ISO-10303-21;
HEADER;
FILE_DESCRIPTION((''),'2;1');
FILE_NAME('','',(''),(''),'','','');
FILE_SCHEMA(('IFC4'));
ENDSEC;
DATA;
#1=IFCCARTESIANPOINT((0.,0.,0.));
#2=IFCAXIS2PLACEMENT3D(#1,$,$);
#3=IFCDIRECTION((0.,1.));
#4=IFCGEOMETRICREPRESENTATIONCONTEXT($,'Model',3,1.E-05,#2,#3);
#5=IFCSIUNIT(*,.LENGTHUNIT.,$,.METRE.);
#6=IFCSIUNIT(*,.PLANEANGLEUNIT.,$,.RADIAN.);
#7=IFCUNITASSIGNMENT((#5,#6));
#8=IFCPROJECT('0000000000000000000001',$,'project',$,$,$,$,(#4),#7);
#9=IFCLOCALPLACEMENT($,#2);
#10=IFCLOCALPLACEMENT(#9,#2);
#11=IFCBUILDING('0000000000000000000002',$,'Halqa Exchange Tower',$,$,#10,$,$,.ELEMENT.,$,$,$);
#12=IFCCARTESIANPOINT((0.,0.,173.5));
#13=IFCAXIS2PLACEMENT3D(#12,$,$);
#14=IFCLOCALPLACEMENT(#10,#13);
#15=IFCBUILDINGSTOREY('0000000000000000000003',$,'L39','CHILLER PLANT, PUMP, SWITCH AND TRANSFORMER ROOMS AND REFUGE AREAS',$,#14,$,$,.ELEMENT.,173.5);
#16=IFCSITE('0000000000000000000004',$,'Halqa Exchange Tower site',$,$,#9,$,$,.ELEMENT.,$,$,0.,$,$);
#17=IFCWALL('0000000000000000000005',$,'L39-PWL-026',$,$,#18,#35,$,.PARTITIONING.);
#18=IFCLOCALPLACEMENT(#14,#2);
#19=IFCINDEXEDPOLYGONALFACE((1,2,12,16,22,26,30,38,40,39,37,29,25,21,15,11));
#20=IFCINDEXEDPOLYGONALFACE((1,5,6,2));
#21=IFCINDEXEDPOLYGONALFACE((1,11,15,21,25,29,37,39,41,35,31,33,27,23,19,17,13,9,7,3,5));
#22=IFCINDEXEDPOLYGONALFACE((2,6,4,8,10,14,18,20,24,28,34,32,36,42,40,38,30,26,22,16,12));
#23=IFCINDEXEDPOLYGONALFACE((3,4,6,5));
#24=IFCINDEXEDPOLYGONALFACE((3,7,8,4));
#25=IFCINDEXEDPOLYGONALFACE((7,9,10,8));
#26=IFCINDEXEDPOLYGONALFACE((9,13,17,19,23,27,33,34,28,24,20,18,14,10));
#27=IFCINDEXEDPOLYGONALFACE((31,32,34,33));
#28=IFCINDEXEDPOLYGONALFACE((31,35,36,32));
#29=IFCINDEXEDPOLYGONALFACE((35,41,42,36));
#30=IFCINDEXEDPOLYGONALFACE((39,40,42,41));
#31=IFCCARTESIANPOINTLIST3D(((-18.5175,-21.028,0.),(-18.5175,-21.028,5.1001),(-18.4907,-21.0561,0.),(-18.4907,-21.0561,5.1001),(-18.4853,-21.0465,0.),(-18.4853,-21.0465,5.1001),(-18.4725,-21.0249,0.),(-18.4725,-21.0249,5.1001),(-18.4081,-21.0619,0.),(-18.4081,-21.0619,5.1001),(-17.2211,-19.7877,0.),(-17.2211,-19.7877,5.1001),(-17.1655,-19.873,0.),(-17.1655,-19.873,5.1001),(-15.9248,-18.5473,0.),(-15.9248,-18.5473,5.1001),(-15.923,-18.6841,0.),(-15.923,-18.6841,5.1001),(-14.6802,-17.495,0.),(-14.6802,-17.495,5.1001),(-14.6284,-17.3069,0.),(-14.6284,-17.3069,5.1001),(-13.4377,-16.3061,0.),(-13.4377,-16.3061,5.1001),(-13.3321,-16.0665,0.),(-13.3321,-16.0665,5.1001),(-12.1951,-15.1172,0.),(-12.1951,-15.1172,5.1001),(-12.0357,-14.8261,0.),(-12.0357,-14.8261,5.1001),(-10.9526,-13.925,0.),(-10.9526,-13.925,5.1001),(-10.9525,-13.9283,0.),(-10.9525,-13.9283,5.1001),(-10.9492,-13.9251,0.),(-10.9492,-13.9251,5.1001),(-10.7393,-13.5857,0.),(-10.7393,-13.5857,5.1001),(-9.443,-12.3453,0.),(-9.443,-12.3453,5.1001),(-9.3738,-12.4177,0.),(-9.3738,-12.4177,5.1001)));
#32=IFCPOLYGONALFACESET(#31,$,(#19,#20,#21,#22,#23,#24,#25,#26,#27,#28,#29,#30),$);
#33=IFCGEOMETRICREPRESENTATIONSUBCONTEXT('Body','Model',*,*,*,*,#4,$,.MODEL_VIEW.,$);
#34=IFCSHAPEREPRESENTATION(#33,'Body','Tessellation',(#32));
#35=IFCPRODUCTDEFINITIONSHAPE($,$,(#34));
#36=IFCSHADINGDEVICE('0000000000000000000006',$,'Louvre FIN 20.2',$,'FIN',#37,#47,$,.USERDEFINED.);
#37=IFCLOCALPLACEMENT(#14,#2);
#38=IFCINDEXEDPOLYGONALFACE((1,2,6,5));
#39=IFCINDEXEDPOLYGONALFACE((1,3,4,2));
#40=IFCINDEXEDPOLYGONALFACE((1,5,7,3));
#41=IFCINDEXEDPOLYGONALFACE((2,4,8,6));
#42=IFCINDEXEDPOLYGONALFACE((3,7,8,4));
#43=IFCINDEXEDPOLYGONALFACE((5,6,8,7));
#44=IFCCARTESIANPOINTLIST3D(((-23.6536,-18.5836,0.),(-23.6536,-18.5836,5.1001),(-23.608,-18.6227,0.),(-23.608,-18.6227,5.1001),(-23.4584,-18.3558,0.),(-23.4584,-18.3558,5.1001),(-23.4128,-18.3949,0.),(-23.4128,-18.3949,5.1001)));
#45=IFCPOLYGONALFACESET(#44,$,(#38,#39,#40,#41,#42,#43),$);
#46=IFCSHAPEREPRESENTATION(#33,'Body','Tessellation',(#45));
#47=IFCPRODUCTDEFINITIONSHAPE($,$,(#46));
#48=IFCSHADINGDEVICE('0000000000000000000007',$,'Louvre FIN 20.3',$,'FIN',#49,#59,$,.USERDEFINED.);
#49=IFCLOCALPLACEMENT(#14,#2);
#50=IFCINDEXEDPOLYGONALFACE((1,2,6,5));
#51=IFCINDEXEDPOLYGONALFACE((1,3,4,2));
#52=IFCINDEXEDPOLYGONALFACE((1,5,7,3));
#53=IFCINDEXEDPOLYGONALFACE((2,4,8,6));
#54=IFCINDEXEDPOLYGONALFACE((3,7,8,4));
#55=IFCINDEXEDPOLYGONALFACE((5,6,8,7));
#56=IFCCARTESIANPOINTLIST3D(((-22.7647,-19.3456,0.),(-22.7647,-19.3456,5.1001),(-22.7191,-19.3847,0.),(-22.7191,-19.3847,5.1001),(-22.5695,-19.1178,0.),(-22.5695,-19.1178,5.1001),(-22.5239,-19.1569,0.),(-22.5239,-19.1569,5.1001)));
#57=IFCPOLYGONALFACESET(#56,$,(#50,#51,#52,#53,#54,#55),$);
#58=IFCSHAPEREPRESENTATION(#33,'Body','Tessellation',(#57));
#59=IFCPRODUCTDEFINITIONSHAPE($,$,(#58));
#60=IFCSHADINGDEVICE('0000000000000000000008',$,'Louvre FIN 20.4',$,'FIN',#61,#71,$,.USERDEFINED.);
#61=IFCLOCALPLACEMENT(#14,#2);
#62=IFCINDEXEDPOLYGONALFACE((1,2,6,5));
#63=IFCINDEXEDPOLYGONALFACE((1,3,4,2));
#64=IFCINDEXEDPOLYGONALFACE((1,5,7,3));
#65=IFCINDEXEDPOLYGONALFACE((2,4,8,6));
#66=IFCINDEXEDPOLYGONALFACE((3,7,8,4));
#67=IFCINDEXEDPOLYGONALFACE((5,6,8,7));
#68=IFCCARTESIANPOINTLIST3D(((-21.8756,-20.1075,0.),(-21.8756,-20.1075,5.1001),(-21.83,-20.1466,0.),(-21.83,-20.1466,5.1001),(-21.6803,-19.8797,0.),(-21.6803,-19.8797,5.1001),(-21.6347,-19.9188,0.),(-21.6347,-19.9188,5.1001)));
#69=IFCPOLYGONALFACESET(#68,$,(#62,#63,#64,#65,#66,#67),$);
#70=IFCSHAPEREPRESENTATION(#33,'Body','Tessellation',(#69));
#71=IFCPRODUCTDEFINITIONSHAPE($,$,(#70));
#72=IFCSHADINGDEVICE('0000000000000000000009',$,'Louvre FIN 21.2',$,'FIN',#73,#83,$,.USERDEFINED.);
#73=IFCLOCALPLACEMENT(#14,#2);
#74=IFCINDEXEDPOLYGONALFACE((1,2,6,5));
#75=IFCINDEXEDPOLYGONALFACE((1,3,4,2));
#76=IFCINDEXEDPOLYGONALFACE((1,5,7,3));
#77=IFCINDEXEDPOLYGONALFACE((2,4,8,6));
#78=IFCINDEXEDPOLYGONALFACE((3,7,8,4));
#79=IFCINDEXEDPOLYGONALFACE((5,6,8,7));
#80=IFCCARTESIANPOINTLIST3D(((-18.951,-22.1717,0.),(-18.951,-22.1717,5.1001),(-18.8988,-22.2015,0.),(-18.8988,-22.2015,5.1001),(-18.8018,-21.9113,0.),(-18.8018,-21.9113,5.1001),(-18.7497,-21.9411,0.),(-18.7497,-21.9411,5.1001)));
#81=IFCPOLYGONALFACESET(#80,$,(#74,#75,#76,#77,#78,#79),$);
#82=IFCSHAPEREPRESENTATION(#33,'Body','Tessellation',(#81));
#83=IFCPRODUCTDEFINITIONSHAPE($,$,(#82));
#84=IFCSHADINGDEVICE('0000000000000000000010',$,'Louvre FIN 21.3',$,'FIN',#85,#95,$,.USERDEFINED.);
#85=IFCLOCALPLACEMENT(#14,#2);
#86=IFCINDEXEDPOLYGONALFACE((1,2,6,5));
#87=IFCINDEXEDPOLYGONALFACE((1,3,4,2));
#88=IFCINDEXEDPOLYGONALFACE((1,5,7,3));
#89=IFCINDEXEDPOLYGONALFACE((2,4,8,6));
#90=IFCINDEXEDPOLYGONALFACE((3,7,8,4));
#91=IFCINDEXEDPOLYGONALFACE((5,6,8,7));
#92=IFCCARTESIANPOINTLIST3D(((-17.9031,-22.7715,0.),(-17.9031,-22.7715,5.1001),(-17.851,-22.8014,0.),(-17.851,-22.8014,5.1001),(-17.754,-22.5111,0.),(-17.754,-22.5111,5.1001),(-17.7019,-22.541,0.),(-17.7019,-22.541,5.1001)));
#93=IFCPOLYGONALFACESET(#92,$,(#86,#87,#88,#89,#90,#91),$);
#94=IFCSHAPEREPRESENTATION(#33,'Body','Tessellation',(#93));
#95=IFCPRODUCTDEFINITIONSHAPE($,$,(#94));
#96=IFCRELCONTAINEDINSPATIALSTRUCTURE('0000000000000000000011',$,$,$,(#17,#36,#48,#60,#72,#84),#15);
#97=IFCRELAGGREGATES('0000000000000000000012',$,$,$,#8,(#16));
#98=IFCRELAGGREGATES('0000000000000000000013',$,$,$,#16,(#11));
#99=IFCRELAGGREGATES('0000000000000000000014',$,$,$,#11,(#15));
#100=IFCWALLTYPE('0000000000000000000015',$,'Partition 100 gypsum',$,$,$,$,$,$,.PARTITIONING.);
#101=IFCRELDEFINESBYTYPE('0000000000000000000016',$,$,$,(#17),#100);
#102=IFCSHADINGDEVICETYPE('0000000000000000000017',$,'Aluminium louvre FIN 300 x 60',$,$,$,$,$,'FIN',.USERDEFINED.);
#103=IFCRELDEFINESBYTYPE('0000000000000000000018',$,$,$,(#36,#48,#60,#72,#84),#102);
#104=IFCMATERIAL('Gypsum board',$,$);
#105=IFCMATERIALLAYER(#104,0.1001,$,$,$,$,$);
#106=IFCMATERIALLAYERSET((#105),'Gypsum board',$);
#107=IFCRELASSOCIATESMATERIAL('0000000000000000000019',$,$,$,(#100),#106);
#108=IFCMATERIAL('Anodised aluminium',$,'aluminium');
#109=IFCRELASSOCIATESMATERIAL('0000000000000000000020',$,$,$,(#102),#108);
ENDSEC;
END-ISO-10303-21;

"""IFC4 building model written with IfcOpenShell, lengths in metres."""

from ifc_helpers import new_model, si_unit, direction, frame, origin, origin_2d, place, context, subcontext, project, spatial, polyline, rectangle, outline, extrude, material, layer, layer_set, material_profile, profile_set, type_object, element, save


model = new_model("IFC4")

# Units and contexts
model_context = context("Model", 3, precision=1e-05, world=origin(), true_north=direction((0.0, 1.0)))
body_context = subcontext(model_context, "Body", "Model", "MODEL_VIEW")
ifc_project = project(units=[si_unit("LENGTHUNIT", "METRE"), si_unit("PLANEANGLEUNIT", "RADIAN")], contexts=[model_context])

# Site, building, storey
site_placement = place(None, origin())
site = spatial("IfcSite", under=ifc_project, at=site_placement, Name="Halqa Exchange Tower site", CompositionType="ELEMENT", RefElevation=0.0)
building_placement = place(site_placement, origin())
building = spatial("IfcBuilding", under=site, at=building_placement, Name="Halqa Exchange Tower", CompositionType="ELEMENT")
storey_placement = place(building_placement, frame((0.0, 0.0, 173.5)))
storey = spatial("IfcBuildingStorey", under=building, at=storey_placement, Name="L39", Description="CHILLER PLANT, PUMP, SWITCH AND TRANSFORMER ROOMS AND REFUGE AREAS", CompositionType="ELEMENT", Elevation=173.5)

# Wall
ifc_material_1 = material(Name="Gypsum board")
ifc_layer_1 = layer(ifc_material_1, 0.1001)
ifc_layer_set_1 = layer_set([ifc_layer_1], Name="Gypsum board")
wall_type_1 = type_object("IfcWallType", Name="Partition 100 gypsum", PredefinedType="PARTITIONING", material=ifc_layer_set_1)
wall_1_placement = place(storey_placement, frame((-18.4829, -21.0642, 0.0), z_axis=(0.0, 0.0, 1.0), x_axis=(0.722535, 0.691335, 0.0)))
element("IfcWall", 1, at=wall_1_placement, inside=storey, type_object=wall_type_1, Name="L39-PWL-026", PredefinedType="PARTITIONING", context=body_context, shape_type="SweptSolid", body=[
    extrude(outline(polyline([(0.0557, -0.05), (1.7754, -0.05), (3.4951, -0.05), (5.2151, -0.05), (6.9348, -0.05), (8.6545, -0.05), (10.3743, -0.05), (10.3765, -0.0476), (10.3789, -0.05), (12.5593, -0.05), (12.5593, 0.05), (10.7651, 0.05), (8.9709, 0.05), (7.1768, 0.05), (5.3826, 0.05), (3.5884, 0.05), (1.7942, 0.05), (0.0, 0.05), (0.0, 0.05), (0.0105, 0.0144), (0.0, 0.0112), (0.0, 0.0112), (0.0347, 0.0212), (0.0557, -0.05)])), origin(), (0.0, 0.0, 1.0), 5.1001),
])

# Shading devices
ifc_material_2 = material(Name="Anodised aluminium", Category="aluminium")
ifc_material_profile_1 = material_profile(ifc_material_2, rectangle(XDim=0.3, YDim=0.0601, at=origin_2d()), Name="AL FIN 300x60")
ifc_profile_set_1 = profile_set([ifc_material_profile_1], Name="Anodised aluminium")
shading_device_type = type_object("IfcShadingDeviceType", Name="Aluminium louvre FIN 300 x 60", ElementType="FIN", PredefinedType="USERDEFINED", material=ifc_profile_set_1)
for number, where, z_axis, x_axis, name in (
    (2, (-23.5332, -18.4893, 0.0), (0.0, 0.0, 1.0), (0.650785, 0.759262, 0.0), "Louvre FIN 20.2"),
    (3, (-22.6443, -19.2512, 0.0), (0.0, 0.0, 1.0), (0.650785, 0.759262, 0.0), "Louvre FIN 20.3"),
    (4, (-21.7551, -20.0132, 0.0), (0.0, 0.0, 1.0), (0.650785, 0.759262, 0.0), "Louvre FIN 20.4"),
    (5, (-18.8503, -22.0564, 0.0), (0.0, 0.0, 1.0), (0.496982, 0.867761, 0.0), "Louvre FIN 21.2"),
    (6, (-17.8025, -22.6562, 0.0), (0.0, 0.0, 1.0), (0.496982, 0.867761, 0.0), "Louvre FIN 21.3"),
):
    element("IfcShadingDevice", number, at=place(storey_placement, frame(where, z_axis=z_axis, x_axis=x_axis)), inside=storey, type_object=shading_device_type, Name=name, ObjectType="FIN", PredefinedType="USERDEFINED", context=body_context, shape_type="SweptSolid", body=[
        extrude(rectangle(XDim=0.3, YDim=0.0601, at=origin_2d()), origin(), (0.0, 0.0, 1.0), 5.1001),
    ])

save(model, "model.ifc")
